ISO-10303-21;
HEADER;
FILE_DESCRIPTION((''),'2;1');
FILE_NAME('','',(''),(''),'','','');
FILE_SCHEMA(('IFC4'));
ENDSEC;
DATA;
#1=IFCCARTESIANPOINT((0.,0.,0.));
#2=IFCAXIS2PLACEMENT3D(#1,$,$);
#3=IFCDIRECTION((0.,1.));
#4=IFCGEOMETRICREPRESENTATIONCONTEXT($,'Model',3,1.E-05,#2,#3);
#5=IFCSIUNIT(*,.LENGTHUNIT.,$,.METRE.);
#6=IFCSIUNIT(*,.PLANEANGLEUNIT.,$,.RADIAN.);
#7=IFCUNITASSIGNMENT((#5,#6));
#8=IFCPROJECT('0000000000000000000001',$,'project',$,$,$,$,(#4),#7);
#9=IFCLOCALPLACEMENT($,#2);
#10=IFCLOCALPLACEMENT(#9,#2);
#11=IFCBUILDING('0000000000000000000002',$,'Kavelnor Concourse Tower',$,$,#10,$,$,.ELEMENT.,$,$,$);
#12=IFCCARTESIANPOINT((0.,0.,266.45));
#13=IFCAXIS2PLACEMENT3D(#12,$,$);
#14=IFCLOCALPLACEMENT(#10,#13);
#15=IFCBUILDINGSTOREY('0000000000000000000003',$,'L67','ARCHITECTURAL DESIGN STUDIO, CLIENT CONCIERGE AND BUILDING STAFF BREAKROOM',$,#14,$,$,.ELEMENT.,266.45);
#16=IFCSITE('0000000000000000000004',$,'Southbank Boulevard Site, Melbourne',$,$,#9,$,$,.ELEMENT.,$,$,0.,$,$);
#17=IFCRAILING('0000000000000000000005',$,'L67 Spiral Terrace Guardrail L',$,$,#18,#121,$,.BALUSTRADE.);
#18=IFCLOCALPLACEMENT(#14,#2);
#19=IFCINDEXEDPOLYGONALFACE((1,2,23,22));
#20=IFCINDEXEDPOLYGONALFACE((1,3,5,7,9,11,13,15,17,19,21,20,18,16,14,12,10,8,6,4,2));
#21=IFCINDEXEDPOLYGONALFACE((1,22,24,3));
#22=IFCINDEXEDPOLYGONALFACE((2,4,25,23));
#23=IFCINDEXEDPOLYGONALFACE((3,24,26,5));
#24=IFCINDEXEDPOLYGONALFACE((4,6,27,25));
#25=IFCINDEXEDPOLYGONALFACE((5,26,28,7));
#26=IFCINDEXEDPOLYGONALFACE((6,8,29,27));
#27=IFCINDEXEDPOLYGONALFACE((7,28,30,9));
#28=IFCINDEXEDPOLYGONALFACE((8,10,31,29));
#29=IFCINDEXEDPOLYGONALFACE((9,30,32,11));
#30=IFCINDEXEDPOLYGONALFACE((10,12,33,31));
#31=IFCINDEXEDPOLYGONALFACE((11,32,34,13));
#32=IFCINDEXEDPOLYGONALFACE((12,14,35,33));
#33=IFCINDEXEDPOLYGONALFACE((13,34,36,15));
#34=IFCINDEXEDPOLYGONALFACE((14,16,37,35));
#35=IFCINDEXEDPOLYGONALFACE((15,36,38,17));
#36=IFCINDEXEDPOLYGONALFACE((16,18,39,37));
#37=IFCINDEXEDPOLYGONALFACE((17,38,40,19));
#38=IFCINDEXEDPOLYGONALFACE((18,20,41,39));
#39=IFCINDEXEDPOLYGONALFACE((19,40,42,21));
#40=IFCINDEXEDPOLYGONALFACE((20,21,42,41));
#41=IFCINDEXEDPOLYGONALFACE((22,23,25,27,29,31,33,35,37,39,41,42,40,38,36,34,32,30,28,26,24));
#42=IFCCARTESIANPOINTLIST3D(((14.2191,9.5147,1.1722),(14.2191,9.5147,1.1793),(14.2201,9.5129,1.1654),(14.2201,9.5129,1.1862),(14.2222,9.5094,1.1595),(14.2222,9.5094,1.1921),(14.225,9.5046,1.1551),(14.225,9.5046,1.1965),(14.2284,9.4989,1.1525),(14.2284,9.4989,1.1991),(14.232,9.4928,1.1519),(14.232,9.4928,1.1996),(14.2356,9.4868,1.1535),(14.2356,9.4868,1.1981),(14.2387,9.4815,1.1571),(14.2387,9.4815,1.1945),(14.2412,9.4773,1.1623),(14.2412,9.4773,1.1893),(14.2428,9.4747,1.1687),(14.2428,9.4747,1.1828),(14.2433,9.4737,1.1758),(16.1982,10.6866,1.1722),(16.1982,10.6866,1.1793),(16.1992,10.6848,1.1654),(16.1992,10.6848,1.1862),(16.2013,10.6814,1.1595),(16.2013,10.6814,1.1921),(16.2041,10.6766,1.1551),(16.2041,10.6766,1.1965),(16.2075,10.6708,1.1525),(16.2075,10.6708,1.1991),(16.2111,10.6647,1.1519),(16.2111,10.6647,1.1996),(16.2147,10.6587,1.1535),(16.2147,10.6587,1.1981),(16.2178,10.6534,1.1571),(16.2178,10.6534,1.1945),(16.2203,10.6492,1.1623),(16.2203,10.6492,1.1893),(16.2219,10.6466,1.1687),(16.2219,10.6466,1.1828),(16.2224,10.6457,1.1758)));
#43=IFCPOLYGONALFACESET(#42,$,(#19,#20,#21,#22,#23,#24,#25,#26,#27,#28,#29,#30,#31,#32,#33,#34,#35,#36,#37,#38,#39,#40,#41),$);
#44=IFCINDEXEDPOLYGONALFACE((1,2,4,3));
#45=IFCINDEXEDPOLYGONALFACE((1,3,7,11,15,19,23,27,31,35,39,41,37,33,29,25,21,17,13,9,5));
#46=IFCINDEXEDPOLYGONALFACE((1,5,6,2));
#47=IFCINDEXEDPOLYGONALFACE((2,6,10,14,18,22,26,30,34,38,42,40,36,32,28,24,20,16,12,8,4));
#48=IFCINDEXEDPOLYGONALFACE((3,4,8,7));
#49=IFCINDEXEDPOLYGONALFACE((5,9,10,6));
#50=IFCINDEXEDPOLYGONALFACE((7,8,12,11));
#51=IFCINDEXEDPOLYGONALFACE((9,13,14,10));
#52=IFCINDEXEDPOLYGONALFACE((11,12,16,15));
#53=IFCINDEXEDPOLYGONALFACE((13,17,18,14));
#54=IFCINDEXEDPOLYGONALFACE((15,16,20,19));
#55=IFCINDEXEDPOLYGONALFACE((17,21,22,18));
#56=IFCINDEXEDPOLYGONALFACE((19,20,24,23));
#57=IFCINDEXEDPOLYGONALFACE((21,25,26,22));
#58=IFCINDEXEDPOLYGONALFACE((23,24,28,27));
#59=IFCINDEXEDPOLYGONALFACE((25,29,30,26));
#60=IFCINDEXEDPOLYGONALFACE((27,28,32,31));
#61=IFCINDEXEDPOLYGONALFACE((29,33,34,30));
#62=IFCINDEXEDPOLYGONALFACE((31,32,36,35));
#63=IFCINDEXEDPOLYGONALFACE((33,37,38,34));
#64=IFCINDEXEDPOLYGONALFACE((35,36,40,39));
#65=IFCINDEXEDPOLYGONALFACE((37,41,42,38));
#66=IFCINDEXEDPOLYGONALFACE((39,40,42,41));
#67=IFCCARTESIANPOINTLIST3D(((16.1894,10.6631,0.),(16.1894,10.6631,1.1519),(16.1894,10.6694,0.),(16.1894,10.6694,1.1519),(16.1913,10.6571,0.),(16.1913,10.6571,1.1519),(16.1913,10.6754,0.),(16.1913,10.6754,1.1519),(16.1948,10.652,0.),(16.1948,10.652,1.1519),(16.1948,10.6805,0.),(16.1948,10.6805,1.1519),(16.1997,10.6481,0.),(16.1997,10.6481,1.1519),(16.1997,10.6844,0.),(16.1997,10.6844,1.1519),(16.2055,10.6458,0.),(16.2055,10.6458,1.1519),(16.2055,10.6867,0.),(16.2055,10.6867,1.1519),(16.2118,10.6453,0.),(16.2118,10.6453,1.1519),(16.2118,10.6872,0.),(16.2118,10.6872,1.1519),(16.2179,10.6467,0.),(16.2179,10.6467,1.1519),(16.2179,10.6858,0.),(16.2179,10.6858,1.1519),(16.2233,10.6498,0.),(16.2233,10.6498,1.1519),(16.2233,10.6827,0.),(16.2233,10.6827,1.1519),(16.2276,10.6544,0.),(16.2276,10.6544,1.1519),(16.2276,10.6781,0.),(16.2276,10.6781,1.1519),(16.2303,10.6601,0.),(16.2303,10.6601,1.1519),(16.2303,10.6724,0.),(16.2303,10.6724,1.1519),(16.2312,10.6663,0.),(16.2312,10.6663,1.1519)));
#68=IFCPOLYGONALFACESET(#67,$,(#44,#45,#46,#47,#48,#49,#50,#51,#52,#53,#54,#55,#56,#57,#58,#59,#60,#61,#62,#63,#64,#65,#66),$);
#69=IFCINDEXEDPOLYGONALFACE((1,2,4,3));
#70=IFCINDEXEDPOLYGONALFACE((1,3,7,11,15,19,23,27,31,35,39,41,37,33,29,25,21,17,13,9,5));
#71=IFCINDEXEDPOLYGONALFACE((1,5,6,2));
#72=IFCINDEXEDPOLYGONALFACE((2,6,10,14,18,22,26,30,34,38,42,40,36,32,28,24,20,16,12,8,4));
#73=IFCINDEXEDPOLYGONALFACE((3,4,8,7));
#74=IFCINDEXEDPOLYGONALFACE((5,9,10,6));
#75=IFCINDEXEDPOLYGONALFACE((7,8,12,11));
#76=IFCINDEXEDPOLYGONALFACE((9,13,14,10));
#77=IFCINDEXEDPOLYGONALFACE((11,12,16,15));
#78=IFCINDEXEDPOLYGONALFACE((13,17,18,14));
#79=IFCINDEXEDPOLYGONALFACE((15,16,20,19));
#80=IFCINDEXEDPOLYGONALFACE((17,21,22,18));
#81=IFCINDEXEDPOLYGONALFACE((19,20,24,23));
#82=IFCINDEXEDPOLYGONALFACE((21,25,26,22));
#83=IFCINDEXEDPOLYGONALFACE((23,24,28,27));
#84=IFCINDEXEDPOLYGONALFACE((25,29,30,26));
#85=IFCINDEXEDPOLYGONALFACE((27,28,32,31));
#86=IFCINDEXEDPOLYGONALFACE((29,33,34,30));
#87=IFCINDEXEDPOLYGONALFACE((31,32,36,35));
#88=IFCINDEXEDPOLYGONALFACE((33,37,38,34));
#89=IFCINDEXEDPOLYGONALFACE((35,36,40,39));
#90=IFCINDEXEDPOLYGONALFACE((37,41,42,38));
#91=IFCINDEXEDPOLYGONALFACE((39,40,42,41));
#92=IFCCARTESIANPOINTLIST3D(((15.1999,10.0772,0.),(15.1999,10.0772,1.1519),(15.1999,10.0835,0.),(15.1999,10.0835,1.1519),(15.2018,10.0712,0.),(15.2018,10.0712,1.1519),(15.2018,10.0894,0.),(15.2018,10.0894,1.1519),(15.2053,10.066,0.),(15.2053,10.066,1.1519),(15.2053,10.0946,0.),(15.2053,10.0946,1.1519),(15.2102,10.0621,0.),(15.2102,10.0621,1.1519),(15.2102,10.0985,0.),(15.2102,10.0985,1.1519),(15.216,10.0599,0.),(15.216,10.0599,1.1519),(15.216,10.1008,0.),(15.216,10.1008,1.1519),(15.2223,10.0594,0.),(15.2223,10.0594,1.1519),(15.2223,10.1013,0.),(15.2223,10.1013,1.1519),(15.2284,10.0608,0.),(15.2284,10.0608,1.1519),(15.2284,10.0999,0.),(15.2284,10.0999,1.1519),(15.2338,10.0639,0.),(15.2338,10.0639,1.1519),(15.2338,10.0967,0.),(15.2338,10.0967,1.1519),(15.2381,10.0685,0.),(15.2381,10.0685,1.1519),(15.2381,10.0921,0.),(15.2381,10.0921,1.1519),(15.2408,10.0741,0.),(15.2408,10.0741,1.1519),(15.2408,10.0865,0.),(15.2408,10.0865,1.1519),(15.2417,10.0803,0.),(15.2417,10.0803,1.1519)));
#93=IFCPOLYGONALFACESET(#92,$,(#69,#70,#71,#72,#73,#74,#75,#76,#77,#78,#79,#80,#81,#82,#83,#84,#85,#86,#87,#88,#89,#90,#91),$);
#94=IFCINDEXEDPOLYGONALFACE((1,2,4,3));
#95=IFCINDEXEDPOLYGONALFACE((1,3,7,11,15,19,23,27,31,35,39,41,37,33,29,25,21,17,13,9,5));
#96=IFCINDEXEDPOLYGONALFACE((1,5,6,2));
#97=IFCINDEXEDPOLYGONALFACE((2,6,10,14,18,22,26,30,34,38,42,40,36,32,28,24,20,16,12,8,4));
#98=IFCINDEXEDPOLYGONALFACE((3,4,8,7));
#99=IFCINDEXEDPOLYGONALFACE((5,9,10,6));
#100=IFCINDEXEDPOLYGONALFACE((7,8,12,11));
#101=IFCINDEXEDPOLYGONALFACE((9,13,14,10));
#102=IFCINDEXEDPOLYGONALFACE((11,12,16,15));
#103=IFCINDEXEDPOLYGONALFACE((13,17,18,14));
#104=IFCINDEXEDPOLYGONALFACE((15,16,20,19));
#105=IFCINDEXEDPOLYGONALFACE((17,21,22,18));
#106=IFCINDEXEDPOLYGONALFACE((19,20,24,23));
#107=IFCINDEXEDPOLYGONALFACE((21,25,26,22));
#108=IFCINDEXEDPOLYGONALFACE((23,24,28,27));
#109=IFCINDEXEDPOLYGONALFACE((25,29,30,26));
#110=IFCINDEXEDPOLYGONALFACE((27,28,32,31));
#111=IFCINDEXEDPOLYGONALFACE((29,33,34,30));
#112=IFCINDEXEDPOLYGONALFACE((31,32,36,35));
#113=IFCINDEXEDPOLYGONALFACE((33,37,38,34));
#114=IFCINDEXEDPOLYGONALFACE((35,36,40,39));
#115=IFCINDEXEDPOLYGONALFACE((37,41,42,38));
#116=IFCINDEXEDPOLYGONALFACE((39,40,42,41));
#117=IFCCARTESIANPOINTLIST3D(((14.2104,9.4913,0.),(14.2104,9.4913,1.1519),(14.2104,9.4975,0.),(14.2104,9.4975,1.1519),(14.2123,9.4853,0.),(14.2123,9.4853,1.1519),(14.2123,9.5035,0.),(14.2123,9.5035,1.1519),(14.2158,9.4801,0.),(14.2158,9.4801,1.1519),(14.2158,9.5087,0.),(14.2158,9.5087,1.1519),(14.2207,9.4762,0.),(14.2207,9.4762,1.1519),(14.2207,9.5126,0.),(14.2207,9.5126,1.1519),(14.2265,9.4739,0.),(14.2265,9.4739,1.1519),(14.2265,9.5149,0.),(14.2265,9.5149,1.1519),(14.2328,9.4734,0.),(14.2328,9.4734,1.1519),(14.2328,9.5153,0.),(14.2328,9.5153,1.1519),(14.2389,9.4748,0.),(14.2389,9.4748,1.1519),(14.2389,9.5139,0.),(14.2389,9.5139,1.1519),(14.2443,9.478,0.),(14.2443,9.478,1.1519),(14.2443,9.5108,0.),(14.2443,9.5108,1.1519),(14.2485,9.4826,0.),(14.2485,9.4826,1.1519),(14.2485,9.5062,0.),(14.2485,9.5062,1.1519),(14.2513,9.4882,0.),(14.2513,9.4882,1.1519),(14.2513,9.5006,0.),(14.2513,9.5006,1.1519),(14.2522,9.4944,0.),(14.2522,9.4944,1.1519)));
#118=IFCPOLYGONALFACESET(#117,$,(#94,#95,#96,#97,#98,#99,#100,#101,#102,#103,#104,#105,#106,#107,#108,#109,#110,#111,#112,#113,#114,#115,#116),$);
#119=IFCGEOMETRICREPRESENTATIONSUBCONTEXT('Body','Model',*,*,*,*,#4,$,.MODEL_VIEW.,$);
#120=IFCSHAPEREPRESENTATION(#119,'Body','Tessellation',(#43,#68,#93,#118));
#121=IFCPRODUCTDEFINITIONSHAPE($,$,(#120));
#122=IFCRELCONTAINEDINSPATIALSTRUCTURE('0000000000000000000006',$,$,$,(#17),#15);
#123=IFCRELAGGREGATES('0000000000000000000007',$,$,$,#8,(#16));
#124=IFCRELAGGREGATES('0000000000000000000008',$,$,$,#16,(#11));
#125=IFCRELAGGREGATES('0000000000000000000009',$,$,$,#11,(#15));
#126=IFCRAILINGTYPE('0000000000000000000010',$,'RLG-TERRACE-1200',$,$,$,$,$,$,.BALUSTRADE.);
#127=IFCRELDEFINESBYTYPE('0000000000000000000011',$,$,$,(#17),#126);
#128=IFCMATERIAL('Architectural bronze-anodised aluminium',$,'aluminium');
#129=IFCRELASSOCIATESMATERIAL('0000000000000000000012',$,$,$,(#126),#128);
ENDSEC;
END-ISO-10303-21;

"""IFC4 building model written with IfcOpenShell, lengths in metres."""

from ifc_helpers import new_model, si_unit, direction, frame, origin, origin_2d, place, context, subcontext, project, spatial, circle, extrude, material, type_object, element, save


model = new_model("IFC4")

# Units and contexts
model_context = context("Model", 3, precision=1e-05, world=origin(), true_north=direction((0.0, 1.0)))
body_context = subcontext(model_context, "Body", "Model", "MODEL_VIEW")
ifc_project = project(units=[si_unit("LENGTHUNIT", "METRE"), si_unit("PLANEANGLEUNIT", "RADIAN")], contexts=[model_context])

# Site, building, storey
site_placement = place(None, origin())
site = spatial("IfcSite", under=ifc_project, at=site_placement, Name="Southbank Boulevard Site, Melbourne", CompositionType="ELEMENT", RefElevation=0.0)
building_placement = place(site_placement, origin())
building = spatial("IfcBuilding", under=site, at=building_placement, Name="Kavelnor Concourse Tower", CompositionType="ELEMENT")
storey_placement = place(building_placement, frame((0.0, 0.0, 266.45)))
storey = spatial("IfcBuildingStorey", under=building, at=storey_placement, Name="L67", Description="ARCHITECTURAL DESIGN STUDIO, CLIENT CONCIERGE AND BUILDING STAFF BREAKROOM", CompositionType="ELEMENT", Elevation=266.45)

# Railing
ifc_material_1 = material(Name="Architectural bronze-anodised aluminium", Category="aluminium")
railing_type = type_object("IfcRailingType", Name="RLG-TERRACE-1200", PredefinedType="BALUSTRADE", material=ifc_material_1)
railing_1_placement = place(storey_placement, frame((16.2102, 10.6663, 0.0)))
element("IfcRailing", 1, at=railing_1_placement, inside=storey, type_object=railing_type, Name="L67 Spiral Terrace Guardrail L", PredefinedType="BALUSTRADE", context=body_context, shape_type="SweptSolid", body=[
    extrude(circle(Radius=0.0239, at=origin_2d()), frame((0.0, 0.0, 1.1758), z_axis=(-0.860457, -0.509523, 0.0), x_axis=(0.509523, -0.860457, 0.0)), (0.0, 0.0, 1.0), 2.3),
    extrude(circle(Radius=0.021, at=origin_2d()), origin(), (0.0, 0.0, 1.0), 1.1519),
    extrude(circle(Radius=0.021, at=origin_2d()), frame((-0.9895, -0.5859, 0.0)), (0.0, 0.0, 1.0), 1.1519),
    extrude(circle(Radius=0.021, at=origin_2d()), frame((-1.979, -1.1719, 0.0)), (0.0, 0.0, 1.0), 1.1519),
])

save(model, "model.ifc")
